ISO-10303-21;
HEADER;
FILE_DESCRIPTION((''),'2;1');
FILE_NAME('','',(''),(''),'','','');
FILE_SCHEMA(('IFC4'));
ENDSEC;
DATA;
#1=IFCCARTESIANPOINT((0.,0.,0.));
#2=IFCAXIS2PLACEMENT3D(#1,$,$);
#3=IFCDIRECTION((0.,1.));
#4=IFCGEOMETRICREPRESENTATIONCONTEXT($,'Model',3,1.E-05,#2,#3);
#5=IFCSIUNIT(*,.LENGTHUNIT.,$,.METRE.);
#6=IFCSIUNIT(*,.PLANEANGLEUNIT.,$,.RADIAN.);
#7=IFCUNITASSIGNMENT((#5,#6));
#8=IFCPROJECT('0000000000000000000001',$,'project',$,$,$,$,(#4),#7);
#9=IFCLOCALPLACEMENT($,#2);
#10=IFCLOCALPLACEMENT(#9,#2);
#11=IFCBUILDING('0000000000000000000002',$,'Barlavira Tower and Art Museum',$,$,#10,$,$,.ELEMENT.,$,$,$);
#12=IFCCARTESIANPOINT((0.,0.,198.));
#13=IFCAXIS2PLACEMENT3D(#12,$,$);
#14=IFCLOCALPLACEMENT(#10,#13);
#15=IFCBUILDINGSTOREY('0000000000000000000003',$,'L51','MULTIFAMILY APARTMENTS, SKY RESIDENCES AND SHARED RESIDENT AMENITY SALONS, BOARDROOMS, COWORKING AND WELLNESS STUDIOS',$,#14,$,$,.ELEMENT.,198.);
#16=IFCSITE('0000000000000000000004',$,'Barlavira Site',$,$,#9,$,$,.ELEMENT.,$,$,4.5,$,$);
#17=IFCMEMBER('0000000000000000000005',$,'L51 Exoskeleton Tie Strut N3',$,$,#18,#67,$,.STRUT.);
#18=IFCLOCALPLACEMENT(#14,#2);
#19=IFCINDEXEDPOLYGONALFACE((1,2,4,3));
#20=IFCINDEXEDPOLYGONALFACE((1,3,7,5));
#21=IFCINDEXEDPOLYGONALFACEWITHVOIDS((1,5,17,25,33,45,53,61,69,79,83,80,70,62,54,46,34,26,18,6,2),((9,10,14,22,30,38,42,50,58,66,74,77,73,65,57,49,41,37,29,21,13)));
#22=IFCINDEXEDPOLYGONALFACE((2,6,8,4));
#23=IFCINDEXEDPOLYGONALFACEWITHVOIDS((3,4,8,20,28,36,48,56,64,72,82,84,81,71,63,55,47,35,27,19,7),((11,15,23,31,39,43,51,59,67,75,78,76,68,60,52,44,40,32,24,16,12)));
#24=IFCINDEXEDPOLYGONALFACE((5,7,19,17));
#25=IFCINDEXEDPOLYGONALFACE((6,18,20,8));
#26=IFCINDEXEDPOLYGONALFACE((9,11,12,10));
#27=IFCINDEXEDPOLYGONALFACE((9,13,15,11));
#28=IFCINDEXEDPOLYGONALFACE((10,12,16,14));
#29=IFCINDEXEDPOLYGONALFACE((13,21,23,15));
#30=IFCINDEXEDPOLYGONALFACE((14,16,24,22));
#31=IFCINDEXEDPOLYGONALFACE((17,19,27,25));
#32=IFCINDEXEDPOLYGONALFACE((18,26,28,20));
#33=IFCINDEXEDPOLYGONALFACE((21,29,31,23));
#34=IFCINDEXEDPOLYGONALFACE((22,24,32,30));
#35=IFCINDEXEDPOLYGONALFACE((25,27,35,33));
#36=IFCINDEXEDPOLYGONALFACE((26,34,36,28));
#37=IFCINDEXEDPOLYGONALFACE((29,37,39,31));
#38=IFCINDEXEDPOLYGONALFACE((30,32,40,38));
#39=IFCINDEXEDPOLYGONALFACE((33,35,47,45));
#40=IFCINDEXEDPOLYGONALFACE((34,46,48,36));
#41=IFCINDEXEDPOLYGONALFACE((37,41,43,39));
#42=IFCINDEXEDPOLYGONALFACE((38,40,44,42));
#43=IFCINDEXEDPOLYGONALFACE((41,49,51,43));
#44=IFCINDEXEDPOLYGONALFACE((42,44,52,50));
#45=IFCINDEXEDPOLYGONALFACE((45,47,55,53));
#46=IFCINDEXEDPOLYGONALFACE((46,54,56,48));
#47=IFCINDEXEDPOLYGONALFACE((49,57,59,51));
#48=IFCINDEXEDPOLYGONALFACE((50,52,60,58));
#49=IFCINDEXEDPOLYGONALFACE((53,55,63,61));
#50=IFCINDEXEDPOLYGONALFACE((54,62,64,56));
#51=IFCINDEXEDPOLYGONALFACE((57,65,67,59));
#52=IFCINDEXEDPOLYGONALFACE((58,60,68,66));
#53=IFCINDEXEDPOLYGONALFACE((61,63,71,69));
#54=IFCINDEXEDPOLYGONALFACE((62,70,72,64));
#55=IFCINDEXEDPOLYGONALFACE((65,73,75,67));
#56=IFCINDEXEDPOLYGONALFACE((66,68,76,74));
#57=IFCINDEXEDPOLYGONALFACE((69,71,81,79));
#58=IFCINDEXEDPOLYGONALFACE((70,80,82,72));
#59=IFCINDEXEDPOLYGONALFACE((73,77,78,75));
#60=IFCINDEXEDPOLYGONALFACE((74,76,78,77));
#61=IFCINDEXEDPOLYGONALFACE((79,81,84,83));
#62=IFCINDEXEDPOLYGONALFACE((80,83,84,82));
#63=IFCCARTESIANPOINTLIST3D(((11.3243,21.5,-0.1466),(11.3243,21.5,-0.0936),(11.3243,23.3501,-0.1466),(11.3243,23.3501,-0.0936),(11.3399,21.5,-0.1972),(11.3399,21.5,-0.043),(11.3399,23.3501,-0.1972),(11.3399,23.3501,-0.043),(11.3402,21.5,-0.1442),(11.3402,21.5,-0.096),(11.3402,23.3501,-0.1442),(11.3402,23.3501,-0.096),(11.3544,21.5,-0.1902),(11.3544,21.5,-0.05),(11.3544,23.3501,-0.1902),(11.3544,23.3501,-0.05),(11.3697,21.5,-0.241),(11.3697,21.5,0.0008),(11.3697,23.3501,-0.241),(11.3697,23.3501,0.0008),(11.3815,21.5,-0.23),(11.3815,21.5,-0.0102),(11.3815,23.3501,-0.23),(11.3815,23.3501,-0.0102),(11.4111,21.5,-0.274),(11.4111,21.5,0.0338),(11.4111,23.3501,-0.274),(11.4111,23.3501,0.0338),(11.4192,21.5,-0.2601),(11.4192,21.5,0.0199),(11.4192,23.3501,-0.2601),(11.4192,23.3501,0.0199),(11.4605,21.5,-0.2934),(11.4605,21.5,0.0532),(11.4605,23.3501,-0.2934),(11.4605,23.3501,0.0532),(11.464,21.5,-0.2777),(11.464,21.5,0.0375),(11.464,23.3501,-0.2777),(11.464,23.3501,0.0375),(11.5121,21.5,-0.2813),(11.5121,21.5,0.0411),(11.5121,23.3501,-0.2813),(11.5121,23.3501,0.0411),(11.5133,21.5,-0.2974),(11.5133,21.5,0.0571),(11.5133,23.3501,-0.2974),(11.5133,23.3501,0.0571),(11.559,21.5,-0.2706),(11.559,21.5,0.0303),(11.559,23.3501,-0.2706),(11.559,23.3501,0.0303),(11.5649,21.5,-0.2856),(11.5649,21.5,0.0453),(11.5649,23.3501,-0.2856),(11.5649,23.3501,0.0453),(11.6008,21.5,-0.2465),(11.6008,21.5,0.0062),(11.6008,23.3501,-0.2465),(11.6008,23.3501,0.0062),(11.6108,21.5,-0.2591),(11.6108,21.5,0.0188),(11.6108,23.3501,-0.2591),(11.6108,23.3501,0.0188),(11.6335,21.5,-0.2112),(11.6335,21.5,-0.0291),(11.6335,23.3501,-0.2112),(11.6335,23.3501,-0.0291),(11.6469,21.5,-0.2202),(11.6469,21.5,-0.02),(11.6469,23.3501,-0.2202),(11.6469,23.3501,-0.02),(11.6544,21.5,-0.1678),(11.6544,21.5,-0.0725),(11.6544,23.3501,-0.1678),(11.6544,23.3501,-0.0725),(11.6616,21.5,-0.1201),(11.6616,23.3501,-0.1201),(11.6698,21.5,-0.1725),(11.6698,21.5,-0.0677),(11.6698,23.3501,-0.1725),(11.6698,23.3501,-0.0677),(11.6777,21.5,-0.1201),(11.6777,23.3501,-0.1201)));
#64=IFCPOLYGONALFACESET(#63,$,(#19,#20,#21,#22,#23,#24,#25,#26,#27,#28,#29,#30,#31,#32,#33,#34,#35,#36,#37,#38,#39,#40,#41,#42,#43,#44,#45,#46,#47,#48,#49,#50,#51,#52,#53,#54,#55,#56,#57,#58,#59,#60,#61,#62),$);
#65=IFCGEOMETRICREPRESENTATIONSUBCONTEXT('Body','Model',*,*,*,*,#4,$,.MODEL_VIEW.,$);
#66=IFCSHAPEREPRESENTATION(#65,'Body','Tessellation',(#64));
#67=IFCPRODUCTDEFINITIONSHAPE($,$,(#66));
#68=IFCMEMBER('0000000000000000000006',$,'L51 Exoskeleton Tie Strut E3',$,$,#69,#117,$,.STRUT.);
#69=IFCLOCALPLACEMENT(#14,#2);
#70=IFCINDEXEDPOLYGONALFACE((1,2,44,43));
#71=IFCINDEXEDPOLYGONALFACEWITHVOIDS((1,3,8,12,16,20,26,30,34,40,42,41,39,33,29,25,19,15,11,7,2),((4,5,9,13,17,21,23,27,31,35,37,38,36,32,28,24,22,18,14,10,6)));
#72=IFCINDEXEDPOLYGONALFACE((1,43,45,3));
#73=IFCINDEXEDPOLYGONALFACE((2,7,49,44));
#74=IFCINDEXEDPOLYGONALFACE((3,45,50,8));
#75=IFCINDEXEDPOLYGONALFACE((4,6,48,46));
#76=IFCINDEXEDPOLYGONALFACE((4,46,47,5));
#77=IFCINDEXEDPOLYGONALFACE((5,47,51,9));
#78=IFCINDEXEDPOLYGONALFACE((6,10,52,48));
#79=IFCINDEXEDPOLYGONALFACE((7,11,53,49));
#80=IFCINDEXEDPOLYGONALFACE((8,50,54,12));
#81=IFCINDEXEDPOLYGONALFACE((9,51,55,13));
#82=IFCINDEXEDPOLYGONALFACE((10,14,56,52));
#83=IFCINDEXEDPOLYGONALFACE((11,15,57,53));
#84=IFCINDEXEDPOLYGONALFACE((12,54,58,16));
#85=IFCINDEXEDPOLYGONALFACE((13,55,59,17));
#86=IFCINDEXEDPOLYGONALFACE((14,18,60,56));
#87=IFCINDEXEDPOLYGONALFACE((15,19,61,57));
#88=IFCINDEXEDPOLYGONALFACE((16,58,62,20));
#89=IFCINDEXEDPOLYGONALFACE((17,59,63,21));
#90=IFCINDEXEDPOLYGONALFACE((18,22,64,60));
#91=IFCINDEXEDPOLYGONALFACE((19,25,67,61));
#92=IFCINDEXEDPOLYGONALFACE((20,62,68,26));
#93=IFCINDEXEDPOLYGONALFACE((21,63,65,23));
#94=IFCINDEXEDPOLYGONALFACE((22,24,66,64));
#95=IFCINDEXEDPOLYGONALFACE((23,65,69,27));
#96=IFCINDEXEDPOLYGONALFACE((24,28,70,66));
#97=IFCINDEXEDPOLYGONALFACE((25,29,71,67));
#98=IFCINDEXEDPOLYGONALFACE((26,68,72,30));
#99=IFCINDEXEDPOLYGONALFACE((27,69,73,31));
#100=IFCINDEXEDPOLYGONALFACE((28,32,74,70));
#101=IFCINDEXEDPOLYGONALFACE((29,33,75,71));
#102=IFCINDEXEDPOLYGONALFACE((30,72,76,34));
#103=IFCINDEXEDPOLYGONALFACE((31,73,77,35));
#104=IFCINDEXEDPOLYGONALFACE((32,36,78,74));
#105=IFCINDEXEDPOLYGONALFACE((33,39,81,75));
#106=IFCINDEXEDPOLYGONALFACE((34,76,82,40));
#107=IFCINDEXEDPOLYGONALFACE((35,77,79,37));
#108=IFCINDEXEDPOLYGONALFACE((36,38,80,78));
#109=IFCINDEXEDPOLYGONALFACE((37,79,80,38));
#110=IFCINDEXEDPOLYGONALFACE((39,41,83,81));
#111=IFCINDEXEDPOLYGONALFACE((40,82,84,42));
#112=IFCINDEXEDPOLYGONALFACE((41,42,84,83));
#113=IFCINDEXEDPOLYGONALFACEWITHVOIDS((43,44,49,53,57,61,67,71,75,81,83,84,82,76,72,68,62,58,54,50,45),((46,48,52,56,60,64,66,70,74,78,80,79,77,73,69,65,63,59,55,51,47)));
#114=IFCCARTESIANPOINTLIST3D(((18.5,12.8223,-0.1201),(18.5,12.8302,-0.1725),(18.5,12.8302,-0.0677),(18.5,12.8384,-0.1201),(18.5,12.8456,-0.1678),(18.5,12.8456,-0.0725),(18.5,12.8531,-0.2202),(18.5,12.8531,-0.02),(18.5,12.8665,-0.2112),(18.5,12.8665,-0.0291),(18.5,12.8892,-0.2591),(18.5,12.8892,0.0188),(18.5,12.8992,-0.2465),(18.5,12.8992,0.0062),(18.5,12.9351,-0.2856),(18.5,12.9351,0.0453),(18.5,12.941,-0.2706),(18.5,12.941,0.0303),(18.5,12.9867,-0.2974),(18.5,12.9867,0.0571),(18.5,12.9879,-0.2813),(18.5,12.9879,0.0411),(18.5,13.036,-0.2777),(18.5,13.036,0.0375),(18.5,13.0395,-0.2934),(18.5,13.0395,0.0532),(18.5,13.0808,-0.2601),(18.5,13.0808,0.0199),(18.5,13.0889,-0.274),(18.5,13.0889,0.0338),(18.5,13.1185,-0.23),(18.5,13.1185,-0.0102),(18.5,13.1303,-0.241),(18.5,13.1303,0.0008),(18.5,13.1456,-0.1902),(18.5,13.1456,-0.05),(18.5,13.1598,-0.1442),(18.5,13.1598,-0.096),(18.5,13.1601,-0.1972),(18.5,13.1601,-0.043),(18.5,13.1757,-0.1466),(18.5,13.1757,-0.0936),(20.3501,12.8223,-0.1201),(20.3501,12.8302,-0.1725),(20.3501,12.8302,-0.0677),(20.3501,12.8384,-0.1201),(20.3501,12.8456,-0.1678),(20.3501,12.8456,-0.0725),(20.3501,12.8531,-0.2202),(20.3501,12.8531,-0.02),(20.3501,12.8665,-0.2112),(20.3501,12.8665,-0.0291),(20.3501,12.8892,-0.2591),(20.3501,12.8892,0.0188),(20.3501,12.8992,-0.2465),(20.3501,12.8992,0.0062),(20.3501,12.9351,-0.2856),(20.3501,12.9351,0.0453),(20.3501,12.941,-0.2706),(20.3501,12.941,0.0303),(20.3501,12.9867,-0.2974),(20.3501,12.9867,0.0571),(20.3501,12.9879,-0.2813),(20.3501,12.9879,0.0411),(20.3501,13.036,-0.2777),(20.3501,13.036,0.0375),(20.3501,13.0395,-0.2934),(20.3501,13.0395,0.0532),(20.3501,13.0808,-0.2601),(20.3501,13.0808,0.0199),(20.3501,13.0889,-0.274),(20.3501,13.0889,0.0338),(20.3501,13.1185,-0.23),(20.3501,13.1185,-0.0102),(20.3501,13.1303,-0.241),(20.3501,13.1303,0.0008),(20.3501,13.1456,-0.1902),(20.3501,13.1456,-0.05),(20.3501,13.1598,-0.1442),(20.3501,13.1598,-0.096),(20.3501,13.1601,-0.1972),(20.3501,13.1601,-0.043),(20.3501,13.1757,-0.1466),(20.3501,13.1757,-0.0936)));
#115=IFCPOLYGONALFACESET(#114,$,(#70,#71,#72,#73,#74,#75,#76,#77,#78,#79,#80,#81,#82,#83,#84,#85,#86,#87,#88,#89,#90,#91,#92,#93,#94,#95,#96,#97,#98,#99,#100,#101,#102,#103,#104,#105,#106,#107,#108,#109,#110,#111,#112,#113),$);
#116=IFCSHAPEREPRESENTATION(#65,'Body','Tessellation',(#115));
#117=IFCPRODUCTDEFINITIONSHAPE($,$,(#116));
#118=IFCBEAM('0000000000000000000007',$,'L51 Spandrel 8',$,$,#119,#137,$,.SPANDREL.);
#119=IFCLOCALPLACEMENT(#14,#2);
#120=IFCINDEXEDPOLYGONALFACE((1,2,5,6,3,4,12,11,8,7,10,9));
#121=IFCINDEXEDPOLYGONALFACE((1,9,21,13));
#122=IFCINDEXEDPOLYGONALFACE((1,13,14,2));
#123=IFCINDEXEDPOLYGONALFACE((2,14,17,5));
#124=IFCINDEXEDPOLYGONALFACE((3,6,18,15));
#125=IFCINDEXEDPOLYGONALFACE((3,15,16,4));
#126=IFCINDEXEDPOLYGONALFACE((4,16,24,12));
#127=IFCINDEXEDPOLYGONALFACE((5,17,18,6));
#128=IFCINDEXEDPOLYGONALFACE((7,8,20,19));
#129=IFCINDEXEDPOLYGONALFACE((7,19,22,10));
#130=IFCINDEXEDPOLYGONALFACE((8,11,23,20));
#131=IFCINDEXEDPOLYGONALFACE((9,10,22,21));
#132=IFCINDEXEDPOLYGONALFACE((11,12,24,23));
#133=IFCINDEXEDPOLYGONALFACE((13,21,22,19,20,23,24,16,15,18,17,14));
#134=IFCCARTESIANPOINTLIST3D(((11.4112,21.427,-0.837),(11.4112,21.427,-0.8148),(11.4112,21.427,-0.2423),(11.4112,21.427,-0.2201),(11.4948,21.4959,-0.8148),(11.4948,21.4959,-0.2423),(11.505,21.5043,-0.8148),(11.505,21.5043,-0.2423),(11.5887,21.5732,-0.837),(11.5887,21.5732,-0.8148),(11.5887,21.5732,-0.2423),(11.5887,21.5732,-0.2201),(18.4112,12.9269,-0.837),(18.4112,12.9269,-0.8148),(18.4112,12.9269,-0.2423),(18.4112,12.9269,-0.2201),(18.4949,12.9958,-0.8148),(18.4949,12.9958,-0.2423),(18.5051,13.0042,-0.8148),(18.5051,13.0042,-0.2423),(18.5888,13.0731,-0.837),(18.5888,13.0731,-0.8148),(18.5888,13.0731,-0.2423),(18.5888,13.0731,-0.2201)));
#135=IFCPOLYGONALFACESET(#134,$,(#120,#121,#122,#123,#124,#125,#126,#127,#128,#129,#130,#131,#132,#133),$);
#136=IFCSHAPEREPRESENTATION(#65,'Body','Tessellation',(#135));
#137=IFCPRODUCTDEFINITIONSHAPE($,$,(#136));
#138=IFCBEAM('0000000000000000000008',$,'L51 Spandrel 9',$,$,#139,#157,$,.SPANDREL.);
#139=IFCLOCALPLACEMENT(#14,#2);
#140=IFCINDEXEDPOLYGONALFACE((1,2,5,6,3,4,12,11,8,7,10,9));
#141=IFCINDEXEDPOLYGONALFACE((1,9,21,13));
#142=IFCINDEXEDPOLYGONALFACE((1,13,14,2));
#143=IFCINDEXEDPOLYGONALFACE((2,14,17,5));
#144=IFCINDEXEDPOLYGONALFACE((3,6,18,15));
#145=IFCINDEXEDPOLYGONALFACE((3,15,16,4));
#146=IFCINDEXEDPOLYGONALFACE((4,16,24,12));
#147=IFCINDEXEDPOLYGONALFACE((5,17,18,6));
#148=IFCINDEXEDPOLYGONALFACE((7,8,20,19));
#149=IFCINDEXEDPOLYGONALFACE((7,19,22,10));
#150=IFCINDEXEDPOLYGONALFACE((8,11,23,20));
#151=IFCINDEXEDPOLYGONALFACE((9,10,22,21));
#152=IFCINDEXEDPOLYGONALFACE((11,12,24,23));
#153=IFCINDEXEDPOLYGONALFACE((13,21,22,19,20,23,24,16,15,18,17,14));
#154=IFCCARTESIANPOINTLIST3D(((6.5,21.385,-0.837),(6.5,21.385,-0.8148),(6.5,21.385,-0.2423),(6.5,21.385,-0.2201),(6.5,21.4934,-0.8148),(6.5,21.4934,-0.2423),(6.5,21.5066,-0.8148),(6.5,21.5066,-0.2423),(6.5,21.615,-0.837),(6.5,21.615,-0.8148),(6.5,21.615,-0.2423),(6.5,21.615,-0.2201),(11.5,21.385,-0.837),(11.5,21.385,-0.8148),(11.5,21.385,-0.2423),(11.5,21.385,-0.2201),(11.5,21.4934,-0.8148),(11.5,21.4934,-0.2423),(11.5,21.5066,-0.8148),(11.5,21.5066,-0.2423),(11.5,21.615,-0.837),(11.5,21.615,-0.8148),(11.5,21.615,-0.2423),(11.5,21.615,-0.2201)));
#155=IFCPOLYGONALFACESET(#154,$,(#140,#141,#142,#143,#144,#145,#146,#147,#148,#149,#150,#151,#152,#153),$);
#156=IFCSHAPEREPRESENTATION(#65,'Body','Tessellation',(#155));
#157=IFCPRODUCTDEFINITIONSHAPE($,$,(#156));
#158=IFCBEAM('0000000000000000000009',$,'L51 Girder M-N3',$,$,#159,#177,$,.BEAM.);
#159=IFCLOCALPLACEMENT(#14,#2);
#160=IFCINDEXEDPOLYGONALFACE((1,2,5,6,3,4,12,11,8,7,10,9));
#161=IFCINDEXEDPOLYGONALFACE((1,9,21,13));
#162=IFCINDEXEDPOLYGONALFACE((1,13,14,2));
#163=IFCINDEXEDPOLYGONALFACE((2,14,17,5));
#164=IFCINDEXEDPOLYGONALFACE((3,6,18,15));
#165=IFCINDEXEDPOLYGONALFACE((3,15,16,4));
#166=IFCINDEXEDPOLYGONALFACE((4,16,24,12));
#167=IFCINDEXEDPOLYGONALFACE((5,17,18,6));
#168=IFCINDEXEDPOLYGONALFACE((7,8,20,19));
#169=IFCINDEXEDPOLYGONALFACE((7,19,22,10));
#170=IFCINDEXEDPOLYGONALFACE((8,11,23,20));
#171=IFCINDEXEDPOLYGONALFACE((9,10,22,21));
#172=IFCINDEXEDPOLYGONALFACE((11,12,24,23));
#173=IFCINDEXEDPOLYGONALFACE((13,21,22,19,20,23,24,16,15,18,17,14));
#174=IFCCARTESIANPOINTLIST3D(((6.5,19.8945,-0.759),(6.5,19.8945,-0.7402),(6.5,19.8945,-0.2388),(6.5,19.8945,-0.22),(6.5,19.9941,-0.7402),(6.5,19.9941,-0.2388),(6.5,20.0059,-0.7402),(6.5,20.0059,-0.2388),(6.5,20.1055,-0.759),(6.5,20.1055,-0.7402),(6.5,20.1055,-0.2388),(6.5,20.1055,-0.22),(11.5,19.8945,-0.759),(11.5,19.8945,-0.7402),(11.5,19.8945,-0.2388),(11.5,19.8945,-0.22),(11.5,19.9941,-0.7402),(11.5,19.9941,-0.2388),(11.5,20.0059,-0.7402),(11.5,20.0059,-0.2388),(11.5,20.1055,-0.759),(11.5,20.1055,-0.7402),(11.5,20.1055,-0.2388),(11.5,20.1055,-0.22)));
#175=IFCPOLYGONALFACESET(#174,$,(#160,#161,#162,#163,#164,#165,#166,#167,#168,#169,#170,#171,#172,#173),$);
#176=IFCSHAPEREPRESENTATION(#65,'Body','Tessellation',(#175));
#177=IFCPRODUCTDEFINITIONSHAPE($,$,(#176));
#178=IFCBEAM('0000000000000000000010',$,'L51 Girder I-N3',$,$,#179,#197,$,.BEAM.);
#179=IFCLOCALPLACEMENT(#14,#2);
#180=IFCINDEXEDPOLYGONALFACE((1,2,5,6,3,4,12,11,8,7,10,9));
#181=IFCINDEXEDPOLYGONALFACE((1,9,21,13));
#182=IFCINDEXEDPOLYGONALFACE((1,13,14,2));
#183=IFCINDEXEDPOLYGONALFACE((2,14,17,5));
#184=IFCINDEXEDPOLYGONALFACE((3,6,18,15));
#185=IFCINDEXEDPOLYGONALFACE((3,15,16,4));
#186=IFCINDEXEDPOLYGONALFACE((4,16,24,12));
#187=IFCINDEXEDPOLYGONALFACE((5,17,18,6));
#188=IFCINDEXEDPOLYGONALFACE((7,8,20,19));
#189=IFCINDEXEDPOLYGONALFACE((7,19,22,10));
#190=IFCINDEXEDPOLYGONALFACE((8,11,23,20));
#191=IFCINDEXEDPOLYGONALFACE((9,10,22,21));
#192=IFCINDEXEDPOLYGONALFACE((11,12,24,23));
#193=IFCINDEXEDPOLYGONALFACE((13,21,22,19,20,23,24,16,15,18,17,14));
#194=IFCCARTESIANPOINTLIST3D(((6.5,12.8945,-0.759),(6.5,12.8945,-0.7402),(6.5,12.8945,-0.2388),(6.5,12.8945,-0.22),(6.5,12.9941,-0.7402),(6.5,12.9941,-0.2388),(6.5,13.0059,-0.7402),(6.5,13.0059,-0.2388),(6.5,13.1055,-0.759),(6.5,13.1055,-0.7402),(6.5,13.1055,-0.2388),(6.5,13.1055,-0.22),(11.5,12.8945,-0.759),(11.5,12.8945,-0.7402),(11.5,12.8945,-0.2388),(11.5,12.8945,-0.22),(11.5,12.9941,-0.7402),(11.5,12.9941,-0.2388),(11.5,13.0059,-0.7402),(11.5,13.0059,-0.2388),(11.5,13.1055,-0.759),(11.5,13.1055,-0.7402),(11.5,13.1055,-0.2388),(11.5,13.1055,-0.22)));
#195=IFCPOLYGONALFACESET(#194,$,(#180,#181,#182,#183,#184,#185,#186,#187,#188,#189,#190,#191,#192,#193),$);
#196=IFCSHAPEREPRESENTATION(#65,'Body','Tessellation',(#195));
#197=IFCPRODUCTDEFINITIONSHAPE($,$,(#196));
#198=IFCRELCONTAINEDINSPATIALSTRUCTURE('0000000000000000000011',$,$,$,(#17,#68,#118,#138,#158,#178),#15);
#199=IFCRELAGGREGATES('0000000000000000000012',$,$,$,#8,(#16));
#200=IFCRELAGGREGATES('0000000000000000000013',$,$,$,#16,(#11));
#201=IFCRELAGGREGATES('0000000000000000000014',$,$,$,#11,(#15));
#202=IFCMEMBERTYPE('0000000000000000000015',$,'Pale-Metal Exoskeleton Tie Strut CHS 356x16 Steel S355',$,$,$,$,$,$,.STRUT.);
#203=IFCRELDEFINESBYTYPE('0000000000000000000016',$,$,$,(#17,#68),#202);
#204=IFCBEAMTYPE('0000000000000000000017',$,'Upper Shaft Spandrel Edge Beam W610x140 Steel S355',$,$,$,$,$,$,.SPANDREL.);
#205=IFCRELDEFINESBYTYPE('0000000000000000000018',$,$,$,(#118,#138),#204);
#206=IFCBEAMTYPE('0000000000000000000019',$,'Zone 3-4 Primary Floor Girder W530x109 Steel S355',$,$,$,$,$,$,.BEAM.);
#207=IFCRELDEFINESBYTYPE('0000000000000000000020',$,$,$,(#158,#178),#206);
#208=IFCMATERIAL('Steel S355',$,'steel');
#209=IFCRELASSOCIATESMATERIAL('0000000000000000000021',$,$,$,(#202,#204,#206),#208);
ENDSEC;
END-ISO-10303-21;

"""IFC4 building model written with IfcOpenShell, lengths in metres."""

from ifc_helpers import new_model, si_unit, direction, frame, origin, origin_2d, place, context, subcontext, project, spatial, hollow_circle, i_section, extrude, material, material_profile, profile_set, type_object, element, save


model = new_model("IFC4")

# Units and contexts
model_context = context("Model", 3, precision=1e-05, world=origin(), true_north=direction((0.0, 1.0)))
body_context = subcontext(model_context, "Body", "Model", "MODEL_VIEW")
ifc_project = project(units=[si_unit("LENGTHUNIT", "METRE"), si_unit("PLANEANGLEUNIT", "RADIAN")], contexts=[model_context])

# Site, building, storey
site_placement = place(None, origin())
site = spatial("IfcSite", under=ifc_project, at=site_placement, Name="Barlavira Site", CompositionType="ELEMENT", RefElevation=4.5)
building_placement = place(site_placement, origin())
building = spatial("IfcBuilding", under=site, at=building_placement, Name="Barlavira Tower and Art Museum", CompositionType="ELEMENT")
storey_placement = place(building_placement, frame((0.0, 0.0, 198.0)))
storey = spatial("IfcBuildingStorey", under=building, at=storey_placement, Name="L51", Description="MULTIFAMILY APARTMENTS, SKY RESIDENCES AND SHARED RESIDENT AMENITY SALONS, BOARDROOMS, COWORKING AND WELLNESS STUDIOS", CompositionType="ELEMENT", Elevation=198.0)

# Members
ifc_material_1 = material(Name="Steel S355", Category="steel")
ifc_material_profile_1 = material_profile(ifc_material_1, hollow_circle(Radius=0.1777, WallThickness=0.0161, at=origin_2d()), Name="CHS 355.6x16.0")
ifc_profile_set_1 = profile_set([ifc_material_profile_1], Name="Steel S355")
member_type_1 = type_object("IfcMemberType", Name="Pale-Metal Exoskeleton Tie Strut CHS 356x16 Steel S355", PredefinedType="STRUT", material=ifc_profile_set_1)
for number, where, z_axis, x_axis, name in (
    (1, (11.5, 23.3501, -0.1201), (0.0, -1.0, 0.0), (1.0, 0.0, 0.0), "L51 Exoskeleton Tie Strut N3"),
    (2, (20.3501, 13.0, -0.1201), (-1.0, 0.0, 0.0), (0.0, -1.0, 0.0), "L51 Exoskeleton Tie Strut E3"),
):
    element("IfcMember", number, at=place(storey_placement, frame(where, z_axis=z_axis, x_axis=x_axis)), inside=storey, type_object=member_type_1, Name=name, PredefinedType="STRUT", context=body_context, shape_type="SweptSolid", body=[
        extrude(hollow_circle(Radius=0.1777, WallThickness=0.0161, at=origin_2d()), origin(), (0.0, 0.0, 1.0), 1.8501),
    ])

# Beams
ifc_material_profile_2 = material_profile(ifc_material_1, i_section(OverallWidth=0.23, OverallDepth=0.6169, WebThickness=0.0132, FlangeThickness=0.0222, at=origin_2d()), Name="W610x140.0")
ifc_profile_set_2 = profile_set([ifc_material_profile_2], Name="Steel S355")
beam_type_1 = type_object("IfcBeamType", Name="Upper Shaft Spandrel Edge Beam W610x140 Steel S355", PredefinedType="SPANDREL", material=ifc_profile_set_2)
beam_1_placement = place(storey_placement, frame((18.5, 13.0, -0.5286), z_axis=(-0.635707, 0.77193, 0.0), x_axis=(-0.77193, -0.635707, 0.0)))
element("IfcBeam", 3, at=beam_1_placement, inside=storey, type_object=beam_type_1, Name="L51 Spandrel 8", PredefinedType="SPANDREL", context=body_context, shape_type="SweptSolid", body=[
    extrude(i_section(OverallWidth=0.23, OverallDepth=0.6169, WebThickness=0.0132, FlangeThickness=0.0222, at=origin_2d()), origin(), (0.0, 0.0, 1.0), 11.0115),
])
beam_2_placement = place(storey_placement, frame((6.5, 21.5, -0.5286), z_axis=(1.0, 0.0, 0.0), x_axis=(0.0, 1.0, 0.0)))
element("IfcBeam", 4, at=beam_2_placement, inside=storey, type_object=beam_type_1, Name="L51 Spandrel 9", PredefinedType="SPANDREL", context=body_context, shape_type="SweptSolid", body=[
    extrude(i_section(OverallWidth=0.23, OverallDepth=0.6169, WebThickness=0.0132, FlangeThickness=0.0222, at=origin_2d()), origin(), (0.0, 0.0, 1.0), 5.0),
])
ifc_material_profile_3 = material_profile(ifc_material_1, i_section(OverallWidth=0.2109, OverallDepth=0.5391, WebThickness=0.0117, FlangeThickness=0.0188, at=origin_2d()), Name="W530x109.0")
ifc_profile_set_3 = profile_set([ifc_material_profile_3], Name="Steel S355")
beam_type_2 = type_object("IfcBeamType", Name="Zone 3-4 Primary Floor Girder W530x109 Steel S355", PredefinedType="BEAM", material=ifc_profile_set_3)
for number, where, z_axis, x_axis, name in (
    (5, (6.5, 20.0, -0.4895), (1.0, 0.0, 0.0), (0.0, 1.0, 0.0), "L51 Girder M-N3"),
    (6, (6.5, 13.0, -0.4895), (1.0, 0.0, 0.0), (0.0, 1.0, 0.0), "L51 Girder I-N3"),
):
    element("IfcBeam", number, at=place(storey_placement, frame(where, z_axis=z_axis, x_axis=x_axis)), inside=storey, type_object=beam_type_2, Name=name, PredefinedType="BEAM", context=body_context, shape_type="SweptSolid", body=[
        extrude(i_section(OverallWidth=0.2109, OverallDepth=0.5391, WebThickness=0.0117, FlangeThickness=0.0188, at=origin_2d()), origin(), (0.0, 0.0, 1.0), 5.0),
    ])

save(model, "model.ifc")
